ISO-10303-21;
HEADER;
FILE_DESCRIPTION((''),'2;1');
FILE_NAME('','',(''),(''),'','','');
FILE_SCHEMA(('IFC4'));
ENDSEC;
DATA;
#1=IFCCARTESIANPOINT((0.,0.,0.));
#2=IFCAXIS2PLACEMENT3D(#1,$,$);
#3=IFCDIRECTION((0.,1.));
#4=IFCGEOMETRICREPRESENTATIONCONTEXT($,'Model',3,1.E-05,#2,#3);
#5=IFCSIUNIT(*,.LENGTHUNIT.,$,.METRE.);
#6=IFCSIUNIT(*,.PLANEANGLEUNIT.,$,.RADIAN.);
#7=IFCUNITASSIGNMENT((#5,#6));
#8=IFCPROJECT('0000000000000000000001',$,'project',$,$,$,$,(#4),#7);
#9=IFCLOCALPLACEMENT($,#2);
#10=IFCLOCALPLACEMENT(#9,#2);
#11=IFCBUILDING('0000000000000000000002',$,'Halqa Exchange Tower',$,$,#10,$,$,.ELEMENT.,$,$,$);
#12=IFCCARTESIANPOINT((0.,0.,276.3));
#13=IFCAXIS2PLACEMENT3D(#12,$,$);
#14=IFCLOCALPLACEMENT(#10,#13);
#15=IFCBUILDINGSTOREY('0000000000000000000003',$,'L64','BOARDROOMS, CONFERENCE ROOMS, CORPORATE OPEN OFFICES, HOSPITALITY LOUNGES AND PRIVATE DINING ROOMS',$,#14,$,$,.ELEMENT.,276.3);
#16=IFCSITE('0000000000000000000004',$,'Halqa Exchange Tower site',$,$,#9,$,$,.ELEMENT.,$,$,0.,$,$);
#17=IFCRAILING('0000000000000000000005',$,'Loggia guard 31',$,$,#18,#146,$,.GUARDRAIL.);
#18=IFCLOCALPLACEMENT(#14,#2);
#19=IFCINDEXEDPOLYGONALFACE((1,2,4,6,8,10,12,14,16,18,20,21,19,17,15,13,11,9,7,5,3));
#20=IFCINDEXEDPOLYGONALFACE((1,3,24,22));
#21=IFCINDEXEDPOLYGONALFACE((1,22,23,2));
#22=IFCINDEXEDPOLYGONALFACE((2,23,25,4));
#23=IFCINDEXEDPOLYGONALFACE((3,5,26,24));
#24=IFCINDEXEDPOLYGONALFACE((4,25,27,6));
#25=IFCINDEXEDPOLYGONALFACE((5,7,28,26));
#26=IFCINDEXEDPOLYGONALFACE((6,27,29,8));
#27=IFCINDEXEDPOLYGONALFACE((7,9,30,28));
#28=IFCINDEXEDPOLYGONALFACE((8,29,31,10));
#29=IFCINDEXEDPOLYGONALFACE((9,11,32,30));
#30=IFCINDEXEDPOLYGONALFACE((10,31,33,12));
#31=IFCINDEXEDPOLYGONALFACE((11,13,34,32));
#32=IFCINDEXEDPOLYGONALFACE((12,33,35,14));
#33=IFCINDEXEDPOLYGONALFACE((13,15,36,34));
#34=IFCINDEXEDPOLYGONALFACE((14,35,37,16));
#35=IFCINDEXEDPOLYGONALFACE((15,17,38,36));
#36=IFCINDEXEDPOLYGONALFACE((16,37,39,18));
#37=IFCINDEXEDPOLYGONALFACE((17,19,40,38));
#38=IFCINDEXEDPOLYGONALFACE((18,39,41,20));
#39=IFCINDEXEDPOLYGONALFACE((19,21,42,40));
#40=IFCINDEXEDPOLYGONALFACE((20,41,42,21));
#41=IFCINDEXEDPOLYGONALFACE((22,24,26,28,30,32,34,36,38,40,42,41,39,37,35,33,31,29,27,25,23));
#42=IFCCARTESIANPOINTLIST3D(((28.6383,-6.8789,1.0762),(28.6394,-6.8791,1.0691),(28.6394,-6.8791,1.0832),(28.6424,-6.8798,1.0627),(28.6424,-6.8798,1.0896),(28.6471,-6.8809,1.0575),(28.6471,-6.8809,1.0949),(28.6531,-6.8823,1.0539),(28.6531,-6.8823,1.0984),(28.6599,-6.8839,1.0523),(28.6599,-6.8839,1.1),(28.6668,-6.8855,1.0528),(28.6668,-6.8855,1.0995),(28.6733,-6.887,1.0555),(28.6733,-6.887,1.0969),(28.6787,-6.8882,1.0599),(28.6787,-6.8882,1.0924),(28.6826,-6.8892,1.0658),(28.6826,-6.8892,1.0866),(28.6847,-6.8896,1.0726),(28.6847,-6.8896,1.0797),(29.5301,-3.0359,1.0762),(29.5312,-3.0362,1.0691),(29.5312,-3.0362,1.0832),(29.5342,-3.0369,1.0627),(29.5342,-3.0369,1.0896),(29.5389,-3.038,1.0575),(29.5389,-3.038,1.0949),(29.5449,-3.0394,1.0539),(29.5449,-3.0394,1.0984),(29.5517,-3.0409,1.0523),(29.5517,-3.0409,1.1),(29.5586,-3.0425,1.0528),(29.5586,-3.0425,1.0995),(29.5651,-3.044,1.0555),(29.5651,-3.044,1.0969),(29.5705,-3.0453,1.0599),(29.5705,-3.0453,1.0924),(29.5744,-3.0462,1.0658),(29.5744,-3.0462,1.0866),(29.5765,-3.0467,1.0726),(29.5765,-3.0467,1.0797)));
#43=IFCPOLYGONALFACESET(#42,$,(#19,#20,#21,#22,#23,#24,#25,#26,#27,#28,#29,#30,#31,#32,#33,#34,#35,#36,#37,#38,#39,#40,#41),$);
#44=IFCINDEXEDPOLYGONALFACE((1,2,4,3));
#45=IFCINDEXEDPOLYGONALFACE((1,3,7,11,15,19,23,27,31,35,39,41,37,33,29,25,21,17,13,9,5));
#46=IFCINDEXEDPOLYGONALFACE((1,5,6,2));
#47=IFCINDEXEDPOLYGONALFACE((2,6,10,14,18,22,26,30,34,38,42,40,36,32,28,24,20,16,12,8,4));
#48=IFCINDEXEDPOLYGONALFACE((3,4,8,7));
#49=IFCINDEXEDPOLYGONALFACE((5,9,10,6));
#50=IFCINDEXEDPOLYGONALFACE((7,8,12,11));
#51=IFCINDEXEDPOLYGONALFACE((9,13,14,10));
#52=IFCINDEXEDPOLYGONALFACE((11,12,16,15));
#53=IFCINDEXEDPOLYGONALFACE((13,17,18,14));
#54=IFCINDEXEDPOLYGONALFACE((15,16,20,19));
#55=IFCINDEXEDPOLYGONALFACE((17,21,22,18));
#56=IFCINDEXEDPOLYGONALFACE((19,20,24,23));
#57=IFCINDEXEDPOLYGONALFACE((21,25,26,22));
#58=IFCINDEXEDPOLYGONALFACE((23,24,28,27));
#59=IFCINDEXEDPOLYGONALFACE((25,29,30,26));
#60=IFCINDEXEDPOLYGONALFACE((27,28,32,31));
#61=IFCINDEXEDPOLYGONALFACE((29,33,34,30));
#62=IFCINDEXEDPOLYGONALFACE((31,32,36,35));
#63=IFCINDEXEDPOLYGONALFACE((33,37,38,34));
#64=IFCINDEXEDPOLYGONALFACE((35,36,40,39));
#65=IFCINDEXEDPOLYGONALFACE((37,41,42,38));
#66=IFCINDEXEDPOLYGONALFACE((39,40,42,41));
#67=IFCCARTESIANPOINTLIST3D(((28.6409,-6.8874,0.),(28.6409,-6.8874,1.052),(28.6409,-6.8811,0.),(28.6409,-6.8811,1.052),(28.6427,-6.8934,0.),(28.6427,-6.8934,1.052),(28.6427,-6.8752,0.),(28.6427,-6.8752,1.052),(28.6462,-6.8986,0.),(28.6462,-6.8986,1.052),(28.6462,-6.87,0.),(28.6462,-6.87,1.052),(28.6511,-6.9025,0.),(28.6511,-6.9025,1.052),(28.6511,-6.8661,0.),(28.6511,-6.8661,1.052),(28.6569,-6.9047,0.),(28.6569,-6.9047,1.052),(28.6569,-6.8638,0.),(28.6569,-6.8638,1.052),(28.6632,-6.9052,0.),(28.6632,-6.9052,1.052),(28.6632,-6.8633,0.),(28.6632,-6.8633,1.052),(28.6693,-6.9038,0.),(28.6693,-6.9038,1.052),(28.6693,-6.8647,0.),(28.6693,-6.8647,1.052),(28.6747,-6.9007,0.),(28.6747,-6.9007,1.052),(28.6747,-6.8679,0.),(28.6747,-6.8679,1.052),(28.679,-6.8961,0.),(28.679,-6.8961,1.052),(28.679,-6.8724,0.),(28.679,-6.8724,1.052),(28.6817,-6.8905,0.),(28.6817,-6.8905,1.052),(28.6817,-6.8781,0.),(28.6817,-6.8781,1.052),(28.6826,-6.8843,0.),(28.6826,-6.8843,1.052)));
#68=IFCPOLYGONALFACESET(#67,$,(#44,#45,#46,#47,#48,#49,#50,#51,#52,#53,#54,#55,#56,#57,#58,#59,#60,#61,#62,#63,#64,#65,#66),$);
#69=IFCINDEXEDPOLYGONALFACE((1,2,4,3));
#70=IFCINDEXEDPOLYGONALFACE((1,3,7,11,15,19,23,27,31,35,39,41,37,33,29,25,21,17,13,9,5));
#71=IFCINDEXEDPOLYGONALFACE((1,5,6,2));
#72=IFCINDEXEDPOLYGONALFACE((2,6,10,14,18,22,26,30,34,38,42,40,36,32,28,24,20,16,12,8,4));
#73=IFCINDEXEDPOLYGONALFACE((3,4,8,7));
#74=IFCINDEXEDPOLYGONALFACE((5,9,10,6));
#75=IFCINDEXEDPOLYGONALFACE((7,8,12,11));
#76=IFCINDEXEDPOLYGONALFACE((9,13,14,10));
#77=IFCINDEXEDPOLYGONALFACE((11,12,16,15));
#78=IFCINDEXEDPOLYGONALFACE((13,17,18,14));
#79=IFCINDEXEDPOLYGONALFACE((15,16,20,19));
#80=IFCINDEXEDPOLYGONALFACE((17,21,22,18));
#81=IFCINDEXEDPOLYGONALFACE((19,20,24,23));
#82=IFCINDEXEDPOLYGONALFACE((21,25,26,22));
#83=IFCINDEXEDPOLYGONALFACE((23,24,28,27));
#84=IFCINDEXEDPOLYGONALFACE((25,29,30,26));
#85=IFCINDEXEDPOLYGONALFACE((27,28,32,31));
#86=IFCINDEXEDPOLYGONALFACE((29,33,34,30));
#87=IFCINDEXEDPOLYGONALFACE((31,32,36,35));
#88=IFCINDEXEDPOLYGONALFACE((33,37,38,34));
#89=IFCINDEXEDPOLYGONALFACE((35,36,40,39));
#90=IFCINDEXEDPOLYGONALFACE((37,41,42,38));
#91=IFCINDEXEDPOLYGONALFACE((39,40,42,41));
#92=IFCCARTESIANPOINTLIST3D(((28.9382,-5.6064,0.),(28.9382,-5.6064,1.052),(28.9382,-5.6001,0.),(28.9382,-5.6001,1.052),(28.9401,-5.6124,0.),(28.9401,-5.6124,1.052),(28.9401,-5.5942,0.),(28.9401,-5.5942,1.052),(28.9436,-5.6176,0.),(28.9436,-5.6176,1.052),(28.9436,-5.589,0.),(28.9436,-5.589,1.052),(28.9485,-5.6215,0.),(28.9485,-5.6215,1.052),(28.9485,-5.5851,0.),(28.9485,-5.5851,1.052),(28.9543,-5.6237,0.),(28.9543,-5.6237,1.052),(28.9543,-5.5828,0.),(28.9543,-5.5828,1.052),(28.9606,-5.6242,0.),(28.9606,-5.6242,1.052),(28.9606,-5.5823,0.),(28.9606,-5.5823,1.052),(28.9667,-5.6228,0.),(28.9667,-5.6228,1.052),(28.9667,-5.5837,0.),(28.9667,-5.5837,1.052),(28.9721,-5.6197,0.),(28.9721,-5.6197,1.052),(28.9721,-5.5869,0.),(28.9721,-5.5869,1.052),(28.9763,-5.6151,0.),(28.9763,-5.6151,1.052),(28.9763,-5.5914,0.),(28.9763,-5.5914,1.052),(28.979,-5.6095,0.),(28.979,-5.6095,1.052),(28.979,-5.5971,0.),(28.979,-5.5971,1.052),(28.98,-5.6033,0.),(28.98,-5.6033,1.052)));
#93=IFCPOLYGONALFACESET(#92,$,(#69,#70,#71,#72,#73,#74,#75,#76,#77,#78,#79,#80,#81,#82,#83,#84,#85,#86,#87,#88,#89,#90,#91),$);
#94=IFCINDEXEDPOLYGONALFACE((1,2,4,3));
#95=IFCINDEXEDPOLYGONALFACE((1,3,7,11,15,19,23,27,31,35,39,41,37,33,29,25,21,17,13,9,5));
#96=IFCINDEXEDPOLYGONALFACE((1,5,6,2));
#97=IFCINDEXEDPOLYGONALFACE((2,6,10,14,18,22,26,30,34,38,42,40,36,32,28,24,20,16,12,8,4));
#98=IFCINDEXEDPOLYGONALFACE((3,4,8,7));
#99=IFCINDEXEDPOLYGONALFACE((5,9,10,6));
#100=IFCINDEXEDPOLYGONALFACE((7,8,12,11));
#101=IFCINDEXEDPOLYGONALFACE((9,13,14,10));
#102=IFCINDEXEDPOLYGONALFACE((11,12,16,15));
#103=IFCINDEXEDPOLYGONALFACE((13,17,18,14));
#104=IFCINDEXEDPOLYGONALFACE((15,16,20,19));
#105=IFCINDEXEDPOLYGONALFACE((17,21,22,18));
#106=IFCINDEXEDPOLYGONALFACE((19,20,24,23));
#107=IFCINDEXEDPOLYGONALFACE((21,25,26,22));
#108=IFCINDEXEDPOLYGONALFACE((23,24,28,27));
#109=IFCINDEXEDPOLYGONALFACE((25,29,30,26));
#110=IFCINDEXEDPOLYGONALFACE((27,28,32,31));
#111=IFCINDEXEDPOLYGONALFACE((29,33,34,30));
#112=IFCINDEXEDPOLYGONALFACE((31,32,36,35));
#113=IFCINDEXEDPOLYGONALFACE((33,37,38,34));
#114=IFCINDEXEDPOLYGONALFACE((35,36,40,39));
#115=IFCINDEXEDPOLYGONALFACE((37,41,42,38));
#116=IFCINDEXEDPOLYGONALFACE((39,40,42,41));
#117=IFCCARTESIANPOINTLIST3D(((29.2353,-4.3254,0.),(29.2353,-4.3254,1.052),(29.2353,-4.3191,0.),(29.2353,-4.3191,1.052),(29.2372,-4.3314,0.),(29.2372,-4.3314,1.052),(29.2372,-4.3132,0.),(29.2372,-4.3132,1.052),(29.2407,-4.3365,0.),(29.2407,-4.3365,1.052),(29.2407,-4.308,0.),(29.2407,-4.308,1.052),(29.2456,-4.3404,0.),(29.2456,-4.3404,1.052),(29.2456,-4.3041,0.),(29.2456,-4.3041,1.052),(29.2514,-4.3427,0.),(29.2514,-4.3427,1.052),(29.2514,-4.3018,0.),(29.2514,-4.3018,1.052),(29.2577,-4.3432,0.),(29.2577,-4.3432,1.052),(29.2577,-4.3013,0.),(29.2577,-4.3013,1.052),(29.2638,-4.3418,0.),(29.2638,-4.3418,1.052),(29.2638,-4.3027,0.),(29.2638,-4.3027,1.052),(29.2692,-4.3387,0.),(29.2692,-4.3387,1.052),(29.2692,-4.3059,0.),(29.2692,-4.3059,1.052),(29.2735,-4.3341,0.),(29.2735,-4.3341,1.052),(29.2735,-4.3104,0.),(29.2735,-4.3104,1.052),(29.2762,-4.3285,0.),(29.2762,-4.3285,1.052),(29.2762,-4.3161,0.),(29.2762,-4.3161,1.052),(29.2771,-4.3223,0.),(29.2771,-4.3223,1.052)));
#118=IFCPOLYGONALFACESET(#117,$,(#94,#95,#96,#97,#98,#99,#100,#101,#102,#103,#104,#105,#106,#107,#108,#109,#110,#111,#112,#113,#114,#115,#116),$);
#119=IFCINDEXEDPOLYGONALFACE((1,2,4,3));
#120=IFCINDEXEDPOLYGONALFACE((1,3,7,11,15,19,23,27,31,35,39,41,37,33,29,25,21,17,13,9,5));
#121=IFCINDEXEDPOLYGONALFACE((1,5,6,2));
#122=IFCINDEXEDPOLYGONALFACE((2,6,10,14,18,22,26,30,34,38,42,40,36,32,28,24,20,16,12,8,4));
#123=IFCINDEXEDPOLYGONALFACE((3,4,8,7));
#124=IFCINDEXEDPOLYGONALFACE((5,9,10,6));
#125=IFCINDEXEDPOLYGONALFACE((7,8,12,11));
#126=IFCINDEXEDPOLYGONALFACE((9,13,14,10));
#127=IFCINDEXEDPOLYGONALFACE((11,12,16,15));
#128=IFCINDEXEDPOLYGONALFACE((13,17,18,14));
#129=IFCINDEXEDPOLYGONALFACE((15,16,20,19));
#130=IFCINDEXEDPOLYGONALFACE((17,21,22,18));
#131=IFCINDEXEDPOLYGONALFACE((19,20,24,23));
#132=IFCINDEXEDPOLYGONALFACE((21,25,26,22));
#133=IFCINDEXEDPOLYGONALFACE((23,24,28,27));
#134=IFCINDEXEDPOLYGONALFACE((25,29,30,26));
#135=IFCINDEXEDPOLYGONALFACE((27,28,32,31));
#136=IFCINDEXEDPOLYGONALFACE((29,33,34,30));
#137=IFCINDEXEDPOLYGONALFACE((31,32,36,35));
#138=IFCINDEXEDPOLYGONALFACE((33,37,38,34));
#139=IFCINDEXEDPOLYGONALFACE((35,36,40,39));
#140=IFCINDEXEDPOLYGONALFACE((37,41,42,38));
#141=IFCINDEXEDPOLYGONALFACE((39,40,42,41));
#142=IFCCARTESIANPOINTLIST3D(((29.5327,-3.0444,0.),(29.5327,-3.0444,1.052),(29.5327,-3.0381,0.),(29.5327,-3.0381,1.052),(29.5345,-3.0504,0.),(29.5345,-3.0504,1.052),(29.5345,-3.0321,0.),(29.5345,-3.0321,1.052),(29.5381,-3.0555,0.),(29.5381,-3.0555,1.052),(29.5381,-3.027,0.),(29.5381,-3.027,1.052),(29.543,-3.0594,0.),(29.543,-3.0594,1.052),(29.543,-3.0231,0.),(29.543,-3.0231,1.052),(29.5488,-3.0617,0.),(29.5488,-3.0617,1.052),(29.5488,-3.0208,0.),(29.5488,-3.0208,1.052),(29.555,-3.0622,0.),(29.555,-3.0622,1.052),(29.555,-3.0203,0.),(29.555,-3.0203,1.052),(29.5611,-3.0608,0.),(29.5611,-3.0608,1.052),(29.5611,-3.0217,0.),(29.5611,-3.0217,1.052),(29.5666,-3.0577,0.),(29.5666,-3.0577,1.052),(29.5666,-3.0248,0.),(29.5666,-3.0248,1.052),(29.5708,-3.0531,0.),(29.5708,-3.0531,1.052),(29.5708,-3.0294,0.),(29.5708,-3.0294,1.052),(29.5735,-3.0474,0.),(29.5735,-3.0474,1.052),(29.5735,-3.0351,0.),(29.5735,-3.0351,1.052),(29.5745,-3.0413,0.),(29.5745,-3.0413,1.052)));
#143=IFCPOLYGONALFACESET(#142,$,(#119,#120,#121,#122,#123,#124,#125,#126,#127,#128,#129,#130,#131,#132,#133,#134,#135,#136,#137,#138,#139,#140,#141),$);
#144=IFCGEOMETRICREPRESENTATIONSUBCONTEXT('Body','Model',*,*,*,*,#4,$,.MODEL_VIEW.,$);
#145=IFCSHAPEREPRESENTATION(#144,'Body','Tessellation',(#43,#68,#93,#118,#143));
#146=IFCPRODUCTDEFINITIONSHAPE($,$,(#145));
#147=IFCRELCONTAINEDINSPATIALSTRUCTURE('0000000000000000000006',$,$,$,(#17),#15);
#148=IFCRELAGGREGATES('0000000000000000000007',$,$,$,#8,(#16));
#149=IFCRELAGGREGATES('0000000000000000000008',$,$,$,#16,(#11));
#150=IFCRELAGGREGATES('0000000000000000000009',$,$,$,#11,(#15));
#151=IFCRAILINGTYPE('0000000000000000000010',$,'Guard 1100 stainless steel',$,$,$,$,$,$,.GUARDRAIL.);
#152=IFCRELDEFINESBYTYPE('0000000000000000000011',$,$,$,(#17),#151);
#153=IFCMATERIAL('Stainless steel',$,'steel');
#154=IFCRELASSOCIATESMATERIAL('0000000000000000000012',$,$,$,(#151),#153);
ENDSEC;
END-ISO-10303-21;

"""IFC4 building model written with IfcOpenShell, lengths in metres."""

from ifc_helpers import new_model, si_unit, direction, frame, origin, origin_2d, place, context, subcontext, project, spatial, circle, extrude, material, type_object, element, save


model = new_model("IFC4")

# Units and contexts
model_context = context("Model", 3, precision=1e-05, world=origin(), true_north=direction((0.0, 1.0)))
body_context = subcontext(model_context, "Body", "Model", "MODEL_VIEW")
ifc_project = project(units=[si_unit("LENGTHUNIT", "METRE"), si_unit("PLANEANGLEUNIT", "RADIAN")], contexts=[model_context])

# Site, building, storey
site_placement = place(None, origin())
site = spatial("IfcSite", under=ifc_project, at=site_placement, Name="Halqa Exchange Tower site", CompositionType="ELEMENT", RefElevation=0.0)
building_placement = place(site_placement, origin())
building = spatial("IfcBuilding", under=site, at=building_placement, Name="Halqa Exchange Tower", CompositionType="ELEMENT")
storey_placement = place(building_placement, frame((0.0, 0.0, 276.3)))
storey = spatial("IfcBuildingStorey", under=building, at=storey_placement, Name="L64", Description="BOARDROOMS, CONFERENCE ROOMS, CORPORATE OPEN OFFICES, HOSPITALITY LOUNGES AND PRIVATE DINING ROOMS", CompositionType="ELEMENT", Elevation=276.3)

# Railing
ifc_material_1 = material(Name="Stainless steel", Category="steel")
railing_type = type_object("IfcRailingType", Name="Guard 1100 stainless steel", PredefinedType="GUARDRAIL", material=ifc_material_1)
railing_1_placement = place(storey_placement, frame((28.6616, -6.8843, 0.0)))
element("IfcRailing", 1, at=railing_1_placement, inside=storey, type_object=railing_type, Name="Loggia guard 31", PredefinedType="GUARDRAIL", context=body_context, shape_type="SweptSolid", body=[
    extrude(circle(Radius=0.0239, at=origin_2d()), frame((0.0, 0.0, 1.0762), z_axis=(0.226062, 0.974113, 0.0), x_axis=(-0.974113, 0.226062, 0.0)), (0.0, 0.0, 1.0), 3.9451),
    extrude(circle(Radius=0.021, at=origin_2d()), origin(), (0.0, 0.0, 1.0), 1.052),
    extrude(circle(Radius=0.021, at=origin_2d()), frame((0.2974, 1.281, 0.0)), (0.0, 0.0, 1.0), 1.052),
    extrude(circle(Radius=0.021, at=origin_2d()), frame((0.5945, 2.562, 0.0)), (0.0, 0.0, 1.0), 1.052),
    extrude(circle(Radius=0.021, at=origin_2d()), frame((0.8918, 3.843, 0.0)), (0.0, 0.0, 1.0), 1.052),
])

save(model, "model.ifc")
